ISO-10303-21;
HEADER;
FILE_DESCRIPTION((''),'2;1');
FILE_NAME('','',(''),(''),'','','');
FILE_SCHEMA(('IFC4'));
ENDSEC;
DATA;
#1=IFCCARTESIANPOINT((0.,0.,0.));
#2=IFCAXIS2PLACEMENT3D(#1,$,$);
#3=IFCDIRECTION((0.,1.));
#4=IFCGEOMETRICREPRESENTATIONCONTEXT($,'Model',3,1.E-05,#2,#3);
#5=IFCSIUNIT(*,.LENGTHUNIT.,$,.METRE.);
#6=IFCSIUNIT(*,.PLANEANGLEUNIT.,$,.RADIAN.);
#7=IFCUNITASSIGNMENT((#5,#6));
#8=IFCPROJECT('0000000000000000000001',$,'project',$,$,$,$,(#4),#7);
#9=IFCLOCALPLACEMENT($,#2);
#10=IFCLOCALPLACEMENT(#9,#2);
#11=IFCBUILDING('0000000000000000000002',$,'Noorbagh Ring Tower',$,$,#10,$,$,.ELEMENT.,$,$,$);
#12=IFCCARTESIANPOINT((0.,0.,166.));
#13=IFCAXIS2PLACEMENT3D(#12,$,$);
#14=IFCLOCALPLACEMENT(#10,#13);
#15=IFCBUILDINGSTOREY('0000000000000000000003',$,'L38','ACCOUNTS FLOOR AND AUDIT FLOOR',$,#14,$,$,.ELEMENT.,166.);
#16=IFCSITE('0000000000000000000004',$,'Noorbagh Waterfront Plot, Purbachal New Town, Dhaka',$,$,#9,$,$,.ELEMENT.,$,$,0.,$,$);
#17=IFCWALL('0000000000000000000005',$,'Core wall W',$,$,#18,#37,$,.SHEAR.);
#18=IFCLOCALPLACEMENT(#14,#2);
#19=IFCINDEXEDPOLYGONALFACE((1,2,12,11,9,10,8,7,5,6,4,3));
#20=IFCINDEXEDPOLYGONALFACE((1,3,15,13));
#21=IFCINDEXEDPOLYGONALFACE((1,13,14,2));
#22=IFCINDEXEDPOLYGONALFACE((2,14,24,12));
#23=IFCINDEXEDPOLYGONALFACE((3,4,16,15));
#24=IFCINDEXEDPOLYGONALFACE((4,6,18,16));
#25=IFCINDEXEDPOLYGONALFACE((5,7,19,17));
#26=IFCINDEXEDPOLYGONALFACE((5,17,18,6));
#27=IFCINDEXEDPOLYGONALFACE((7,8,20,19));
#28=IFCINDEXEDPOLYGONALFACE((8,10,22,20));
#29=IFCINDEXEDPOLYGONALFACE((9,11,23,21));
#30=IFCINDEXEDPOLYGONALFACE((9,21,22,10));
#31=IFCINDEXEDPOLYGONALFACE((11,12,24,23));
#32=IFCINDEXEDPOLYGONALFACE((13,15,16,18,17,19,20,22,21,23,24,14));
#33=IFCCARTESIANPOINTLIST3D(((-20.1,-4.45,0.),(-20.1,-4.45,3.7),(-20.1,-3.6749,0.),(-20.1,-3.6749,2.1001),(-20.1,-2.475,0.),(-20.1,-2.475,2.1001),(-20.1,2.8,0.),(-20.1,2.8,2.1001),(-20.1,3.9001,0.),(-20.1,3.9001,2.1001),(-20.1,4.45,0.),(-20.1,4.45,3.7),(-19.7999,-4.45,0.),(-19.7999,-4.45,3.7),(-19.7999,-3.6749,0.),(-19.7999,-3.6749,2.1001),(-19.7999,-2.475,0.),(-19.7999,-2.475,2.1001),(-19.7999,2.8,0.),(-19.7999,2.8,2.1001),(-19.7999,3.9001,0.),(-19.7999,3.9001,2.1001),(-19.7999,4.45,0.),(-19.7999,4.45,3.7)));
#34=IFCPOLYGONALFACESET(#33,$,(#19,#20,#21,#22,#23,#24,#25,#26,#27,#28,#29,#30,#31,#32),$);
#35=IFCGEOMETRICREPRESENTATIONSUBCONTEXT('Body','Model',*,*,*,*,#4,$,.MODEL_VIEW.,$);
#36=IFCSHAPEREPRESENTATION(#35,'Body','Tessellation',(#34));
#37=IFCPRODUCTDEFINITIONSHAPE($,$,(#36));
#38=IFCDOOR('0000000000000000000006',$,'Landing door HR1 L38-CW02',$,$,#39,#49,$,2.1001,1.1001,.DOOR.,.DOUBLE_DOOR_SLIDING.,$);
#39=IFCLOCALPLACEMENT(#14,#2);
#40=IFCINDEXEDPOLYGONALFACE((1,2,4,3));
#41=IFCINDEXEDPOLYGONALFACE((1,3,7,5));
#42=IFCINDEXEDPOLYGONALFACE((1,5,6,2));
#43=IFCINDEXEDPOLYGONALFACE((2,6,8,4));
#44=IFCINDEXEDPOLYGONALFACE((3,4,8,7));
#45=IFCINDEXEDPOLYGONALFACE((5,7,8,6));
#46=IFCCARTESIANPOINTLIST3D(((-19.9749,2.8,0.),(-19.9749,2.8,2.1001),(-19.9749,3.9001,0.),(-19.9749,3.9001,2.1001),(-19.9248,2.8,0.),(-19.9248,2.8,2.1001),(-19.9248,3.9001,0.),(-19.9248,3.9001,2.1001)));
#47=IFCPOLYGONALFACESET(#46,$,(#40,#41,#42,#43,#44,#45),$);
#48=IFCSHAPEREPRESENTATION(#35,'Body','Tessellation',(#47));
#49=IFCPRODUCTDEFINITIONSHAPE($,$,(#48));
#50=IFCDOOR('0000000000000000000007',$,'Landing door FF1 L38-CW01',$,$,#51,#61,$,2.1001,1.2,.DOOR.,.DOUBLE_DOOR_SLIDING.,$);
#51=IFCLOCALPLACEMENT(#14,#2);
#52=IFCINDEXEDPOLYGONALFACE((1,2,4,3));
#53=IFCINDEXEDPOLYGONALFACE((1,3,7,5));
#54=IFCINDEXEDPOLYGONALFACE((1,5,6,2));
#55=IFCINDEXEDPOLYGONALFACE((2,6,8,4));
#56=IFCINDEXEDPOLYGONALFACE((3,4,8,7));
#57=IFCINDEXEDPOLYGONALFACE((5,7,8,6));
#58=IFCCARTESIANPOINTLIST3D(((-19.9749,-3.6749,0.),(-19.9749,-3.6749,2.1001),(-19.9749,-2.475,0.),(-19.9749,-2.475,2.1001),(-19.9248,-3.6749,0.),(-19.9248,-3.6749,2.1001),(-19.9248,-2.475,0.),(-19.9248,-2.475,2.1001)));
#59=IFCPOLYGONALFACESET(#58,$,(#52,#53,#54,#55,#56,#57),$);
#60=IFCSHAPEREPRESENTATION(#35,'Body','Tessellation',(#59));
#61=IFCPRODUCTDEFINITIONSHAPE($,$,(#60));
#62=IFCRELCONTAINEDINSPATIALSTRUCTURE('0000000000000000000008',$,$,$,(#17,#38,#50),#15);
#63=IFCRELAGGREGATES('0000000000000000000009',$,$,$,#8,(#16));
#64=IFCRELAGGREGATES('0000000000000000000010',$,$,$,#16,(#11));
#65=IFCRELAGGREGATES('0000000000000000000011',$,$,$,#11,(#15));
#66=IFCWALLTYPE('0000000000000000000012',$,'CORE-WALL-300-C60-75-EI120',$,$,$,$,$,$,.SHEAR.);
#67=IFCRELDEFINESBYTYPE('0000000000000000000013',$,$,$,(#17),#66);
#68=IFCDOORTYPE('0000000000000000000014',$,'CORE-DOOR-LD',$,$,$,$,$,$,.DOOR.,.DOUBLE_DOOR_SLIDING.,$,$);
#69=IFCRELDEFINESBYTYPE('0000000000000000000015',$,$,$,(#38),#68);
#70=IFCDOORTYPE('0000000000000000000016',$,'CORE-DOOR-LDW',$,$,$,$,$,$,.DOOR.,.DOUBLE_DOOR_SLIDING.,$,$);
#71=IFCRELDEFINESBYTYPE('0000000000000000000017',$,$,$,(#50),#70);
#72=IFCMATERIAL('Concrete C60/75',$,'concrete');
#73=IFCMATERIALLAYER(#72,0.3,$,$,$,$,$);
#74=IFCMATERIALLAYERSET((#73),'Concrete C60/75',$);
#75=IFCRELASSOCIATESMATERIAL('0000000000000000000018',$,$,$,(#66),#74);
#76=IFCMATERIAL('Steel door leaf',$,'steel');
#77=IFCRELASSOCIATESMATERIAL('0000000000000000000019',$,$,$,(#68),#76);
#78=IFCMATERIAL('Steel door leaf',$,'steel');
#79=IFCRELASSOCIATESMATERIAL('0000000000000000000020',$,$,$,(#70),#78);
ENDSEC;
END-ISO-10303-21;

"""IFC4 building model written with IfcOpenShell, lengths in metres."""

from ifc_helpers import new_model, si_unit, direction, frame, frame_2d, origin, place, context, subcontext, project, spatial, rectangle, extrude, material, layer, layer_set, type_object, element, fill, save


model = new_model("IFC4")

# Units and contexts
model_context = context("Model", 3, precision=1e-05, world=origin(), true_north=direction((0.0, 1.0)))
body_context = subcontext(model_context, "Body", "Model", "MODEL_VIEW")
ifc_project = project(units=[si_unit("LENGTHUNIT", "METRE"), si_unit("PLANEANGLEUNIT", "RADIAN")], contexts=[model_context])

# Site, building, storey
site_placement = place(None, origin())
site = spatial("IfcSite", under=ifc_project, at=site_placement, Name="Noorbagh Waterfront Plot, Purbachal New Town, Dhaka", CompositionType="ELEMENT", RefElevation=0.0)
building_placement = place(site_placement, origin())
building = spatial("IfcBuilding", under=site, at=building_placement, Name="Noorbagh Ring Tower", CompositionType="ELEMENT")
storey_placement = place(building_placement, frame((0.0, 0.0, 166.0)))
storey = spatial("IfcBuildingStorey", under=building, at=storey_placement, Name="L38", Description="ACCOUNTS FLOOR AND AUDIT FLOOR", CompositionType="ELEMENT", Elevation=166.0)

# Shared definitions
ifc_material_1 = material(Name="Concrete C60/75", Category="concrete")
ifc_layer_1 = layer(ifc_material_1, 0.3)
ifc_layer_set_1 = layer_set([ifc_layer_1], Name="Concrete C60/75")
wall_type_1 = type_object("IfcWallType", Name="CORE-WALL-300-C60-75-EI120", PredefinedType="SHEAR", material=ifc_layer_set_1)

# Wall, openings, doors
wall_1_placement = place(storey_placement, frame((-19.95, -4.45, 0.0), z_axis=(0.0, 0.0, 1.0), x_axis=(0.0, 1.0, 0.0)))
wall_1 = element("IfcWall", 1, at=wall_1_placement, inside=storey, type_object=wall_type_1, Name="Core wall W", PredefinedType="SHEAR", context=body_context, shape_type="SweptSolid", body=[
    extrude(rectangle(XDim=8.8999, YDim=0.3, at=frame_2d((4.45, 0.0))), origin(), (0.0, 0.0, 1.0), 3.7),
])
opening_1_placement = place(wall_1_placement, frame((0.7749, 0.0, 0.0)))
opening_1 = element("IfcOpeningElement", 2, at=opening_1_placement, cuts=wall_1, PredefinedType="OPENING", context=body_context, shape_type="SweptSolid", body=[
    extrude(rectangle(XDim=1.2, YDim=2.1001, at=frame_2d((0.6001, 1.05))), frame((0.0, 0.1602, 0.0), z_axis=(0.0, -1.0, 0.0), x_axis=(1.0, 0.0, 0.0)), (0.0, 0.0, 1.0), 0.3201),
])
opening_2_placement = place(wall_1_placement, frame((7.25, 0.0, 0.0)))
opening_2 = element("IfcOpeningElement", 3, at=opening_2_placement, cuts=wall_1, PredefinedType="OPENING", context=body_context, shape_type="SweptSolid", body=[
    extrude(rectangle(XDim=1.1001, YDim=2.1001, at=frame_2d((0.55, 1.05))), frame((0.0, 0.1602, 0.0), z_axis=(0.0, -1.0, 0.0), x_axis=(1.0, 0.0, 0.0)), (0.0, 0.0, 1.0), 0.3201),
])
ifc_material_2 = material(Name="Steel door leaf", Category="steel")
door_type_1 = type_object("IfcDoorType", Name="CORE-DOOR-LD", OperationType="DOUBLE_DOOR_SLIDING", PredefinedType="DOOR", material=ifc_material_2)
door_1_placement = place(opening_2_placement, origin())
door_1 = element("IfcDoor", 4, at=door_1_placement, inside=storey, type_object=door_type_1, Name="Landing door HR1 L38-CW02", OperationType="DOUBLE_DOOR_SLIDING", OverallHeight=2.1001, OverallWidth=1.1001, PredefinedType="DOOR", context=body_context, shape_type="SweptSolid", body=[
    extrude(rectangle(XDim=1.1001, YDim=2.1001, at=frame_2d((0.55, 1.05))), frame((0.0, 0.0249, 0.0), z_axis=(0.0, -1.0, 0.0), x_axis=(1.0, 0.0, 0.0)), (0.0, 0.0, 1.0), 0.05),
])
fill(opening_2, door_1)
ifc_material_3 = material(Name="Steel door leaf", Category="steel")
door_type_2 = type_object("IfcDoorType", Name="CORE-DOOR-LDW", OperationType="DOUBLE_DOOR_SLIDING", PredefinedType="DOOR", material=ifc_material_3)
door_2_placement = place(opening_1_placement, origin())
door_2 = element("IfcDoor", 5, at=door_2_placement, inside=storey, type_object=door_type_2, Name="Landing door FF1 L38-CW01", OperationType="DOUBLE_DOOR_SLIDING", OverallHeight=2.1001, OverallWidth=1.2, PredefinedType="DOOR", context=body_context, shape_type="SweptSolid", body=[
    extrude(rectangle(XDim=1.2, YDim=2.1001, at=frame_2d((0.6001, 1.05))), frame((0.0, 0.0249, 0.0), z_axis=(0.0, -1.0, 0.0), x_axis=(1.0, 0.0, 0.0)), (0.0, 0.0, 1.0), 0.05),
])
fill(opening_1, door_2)

save(model, "model.ifc")
